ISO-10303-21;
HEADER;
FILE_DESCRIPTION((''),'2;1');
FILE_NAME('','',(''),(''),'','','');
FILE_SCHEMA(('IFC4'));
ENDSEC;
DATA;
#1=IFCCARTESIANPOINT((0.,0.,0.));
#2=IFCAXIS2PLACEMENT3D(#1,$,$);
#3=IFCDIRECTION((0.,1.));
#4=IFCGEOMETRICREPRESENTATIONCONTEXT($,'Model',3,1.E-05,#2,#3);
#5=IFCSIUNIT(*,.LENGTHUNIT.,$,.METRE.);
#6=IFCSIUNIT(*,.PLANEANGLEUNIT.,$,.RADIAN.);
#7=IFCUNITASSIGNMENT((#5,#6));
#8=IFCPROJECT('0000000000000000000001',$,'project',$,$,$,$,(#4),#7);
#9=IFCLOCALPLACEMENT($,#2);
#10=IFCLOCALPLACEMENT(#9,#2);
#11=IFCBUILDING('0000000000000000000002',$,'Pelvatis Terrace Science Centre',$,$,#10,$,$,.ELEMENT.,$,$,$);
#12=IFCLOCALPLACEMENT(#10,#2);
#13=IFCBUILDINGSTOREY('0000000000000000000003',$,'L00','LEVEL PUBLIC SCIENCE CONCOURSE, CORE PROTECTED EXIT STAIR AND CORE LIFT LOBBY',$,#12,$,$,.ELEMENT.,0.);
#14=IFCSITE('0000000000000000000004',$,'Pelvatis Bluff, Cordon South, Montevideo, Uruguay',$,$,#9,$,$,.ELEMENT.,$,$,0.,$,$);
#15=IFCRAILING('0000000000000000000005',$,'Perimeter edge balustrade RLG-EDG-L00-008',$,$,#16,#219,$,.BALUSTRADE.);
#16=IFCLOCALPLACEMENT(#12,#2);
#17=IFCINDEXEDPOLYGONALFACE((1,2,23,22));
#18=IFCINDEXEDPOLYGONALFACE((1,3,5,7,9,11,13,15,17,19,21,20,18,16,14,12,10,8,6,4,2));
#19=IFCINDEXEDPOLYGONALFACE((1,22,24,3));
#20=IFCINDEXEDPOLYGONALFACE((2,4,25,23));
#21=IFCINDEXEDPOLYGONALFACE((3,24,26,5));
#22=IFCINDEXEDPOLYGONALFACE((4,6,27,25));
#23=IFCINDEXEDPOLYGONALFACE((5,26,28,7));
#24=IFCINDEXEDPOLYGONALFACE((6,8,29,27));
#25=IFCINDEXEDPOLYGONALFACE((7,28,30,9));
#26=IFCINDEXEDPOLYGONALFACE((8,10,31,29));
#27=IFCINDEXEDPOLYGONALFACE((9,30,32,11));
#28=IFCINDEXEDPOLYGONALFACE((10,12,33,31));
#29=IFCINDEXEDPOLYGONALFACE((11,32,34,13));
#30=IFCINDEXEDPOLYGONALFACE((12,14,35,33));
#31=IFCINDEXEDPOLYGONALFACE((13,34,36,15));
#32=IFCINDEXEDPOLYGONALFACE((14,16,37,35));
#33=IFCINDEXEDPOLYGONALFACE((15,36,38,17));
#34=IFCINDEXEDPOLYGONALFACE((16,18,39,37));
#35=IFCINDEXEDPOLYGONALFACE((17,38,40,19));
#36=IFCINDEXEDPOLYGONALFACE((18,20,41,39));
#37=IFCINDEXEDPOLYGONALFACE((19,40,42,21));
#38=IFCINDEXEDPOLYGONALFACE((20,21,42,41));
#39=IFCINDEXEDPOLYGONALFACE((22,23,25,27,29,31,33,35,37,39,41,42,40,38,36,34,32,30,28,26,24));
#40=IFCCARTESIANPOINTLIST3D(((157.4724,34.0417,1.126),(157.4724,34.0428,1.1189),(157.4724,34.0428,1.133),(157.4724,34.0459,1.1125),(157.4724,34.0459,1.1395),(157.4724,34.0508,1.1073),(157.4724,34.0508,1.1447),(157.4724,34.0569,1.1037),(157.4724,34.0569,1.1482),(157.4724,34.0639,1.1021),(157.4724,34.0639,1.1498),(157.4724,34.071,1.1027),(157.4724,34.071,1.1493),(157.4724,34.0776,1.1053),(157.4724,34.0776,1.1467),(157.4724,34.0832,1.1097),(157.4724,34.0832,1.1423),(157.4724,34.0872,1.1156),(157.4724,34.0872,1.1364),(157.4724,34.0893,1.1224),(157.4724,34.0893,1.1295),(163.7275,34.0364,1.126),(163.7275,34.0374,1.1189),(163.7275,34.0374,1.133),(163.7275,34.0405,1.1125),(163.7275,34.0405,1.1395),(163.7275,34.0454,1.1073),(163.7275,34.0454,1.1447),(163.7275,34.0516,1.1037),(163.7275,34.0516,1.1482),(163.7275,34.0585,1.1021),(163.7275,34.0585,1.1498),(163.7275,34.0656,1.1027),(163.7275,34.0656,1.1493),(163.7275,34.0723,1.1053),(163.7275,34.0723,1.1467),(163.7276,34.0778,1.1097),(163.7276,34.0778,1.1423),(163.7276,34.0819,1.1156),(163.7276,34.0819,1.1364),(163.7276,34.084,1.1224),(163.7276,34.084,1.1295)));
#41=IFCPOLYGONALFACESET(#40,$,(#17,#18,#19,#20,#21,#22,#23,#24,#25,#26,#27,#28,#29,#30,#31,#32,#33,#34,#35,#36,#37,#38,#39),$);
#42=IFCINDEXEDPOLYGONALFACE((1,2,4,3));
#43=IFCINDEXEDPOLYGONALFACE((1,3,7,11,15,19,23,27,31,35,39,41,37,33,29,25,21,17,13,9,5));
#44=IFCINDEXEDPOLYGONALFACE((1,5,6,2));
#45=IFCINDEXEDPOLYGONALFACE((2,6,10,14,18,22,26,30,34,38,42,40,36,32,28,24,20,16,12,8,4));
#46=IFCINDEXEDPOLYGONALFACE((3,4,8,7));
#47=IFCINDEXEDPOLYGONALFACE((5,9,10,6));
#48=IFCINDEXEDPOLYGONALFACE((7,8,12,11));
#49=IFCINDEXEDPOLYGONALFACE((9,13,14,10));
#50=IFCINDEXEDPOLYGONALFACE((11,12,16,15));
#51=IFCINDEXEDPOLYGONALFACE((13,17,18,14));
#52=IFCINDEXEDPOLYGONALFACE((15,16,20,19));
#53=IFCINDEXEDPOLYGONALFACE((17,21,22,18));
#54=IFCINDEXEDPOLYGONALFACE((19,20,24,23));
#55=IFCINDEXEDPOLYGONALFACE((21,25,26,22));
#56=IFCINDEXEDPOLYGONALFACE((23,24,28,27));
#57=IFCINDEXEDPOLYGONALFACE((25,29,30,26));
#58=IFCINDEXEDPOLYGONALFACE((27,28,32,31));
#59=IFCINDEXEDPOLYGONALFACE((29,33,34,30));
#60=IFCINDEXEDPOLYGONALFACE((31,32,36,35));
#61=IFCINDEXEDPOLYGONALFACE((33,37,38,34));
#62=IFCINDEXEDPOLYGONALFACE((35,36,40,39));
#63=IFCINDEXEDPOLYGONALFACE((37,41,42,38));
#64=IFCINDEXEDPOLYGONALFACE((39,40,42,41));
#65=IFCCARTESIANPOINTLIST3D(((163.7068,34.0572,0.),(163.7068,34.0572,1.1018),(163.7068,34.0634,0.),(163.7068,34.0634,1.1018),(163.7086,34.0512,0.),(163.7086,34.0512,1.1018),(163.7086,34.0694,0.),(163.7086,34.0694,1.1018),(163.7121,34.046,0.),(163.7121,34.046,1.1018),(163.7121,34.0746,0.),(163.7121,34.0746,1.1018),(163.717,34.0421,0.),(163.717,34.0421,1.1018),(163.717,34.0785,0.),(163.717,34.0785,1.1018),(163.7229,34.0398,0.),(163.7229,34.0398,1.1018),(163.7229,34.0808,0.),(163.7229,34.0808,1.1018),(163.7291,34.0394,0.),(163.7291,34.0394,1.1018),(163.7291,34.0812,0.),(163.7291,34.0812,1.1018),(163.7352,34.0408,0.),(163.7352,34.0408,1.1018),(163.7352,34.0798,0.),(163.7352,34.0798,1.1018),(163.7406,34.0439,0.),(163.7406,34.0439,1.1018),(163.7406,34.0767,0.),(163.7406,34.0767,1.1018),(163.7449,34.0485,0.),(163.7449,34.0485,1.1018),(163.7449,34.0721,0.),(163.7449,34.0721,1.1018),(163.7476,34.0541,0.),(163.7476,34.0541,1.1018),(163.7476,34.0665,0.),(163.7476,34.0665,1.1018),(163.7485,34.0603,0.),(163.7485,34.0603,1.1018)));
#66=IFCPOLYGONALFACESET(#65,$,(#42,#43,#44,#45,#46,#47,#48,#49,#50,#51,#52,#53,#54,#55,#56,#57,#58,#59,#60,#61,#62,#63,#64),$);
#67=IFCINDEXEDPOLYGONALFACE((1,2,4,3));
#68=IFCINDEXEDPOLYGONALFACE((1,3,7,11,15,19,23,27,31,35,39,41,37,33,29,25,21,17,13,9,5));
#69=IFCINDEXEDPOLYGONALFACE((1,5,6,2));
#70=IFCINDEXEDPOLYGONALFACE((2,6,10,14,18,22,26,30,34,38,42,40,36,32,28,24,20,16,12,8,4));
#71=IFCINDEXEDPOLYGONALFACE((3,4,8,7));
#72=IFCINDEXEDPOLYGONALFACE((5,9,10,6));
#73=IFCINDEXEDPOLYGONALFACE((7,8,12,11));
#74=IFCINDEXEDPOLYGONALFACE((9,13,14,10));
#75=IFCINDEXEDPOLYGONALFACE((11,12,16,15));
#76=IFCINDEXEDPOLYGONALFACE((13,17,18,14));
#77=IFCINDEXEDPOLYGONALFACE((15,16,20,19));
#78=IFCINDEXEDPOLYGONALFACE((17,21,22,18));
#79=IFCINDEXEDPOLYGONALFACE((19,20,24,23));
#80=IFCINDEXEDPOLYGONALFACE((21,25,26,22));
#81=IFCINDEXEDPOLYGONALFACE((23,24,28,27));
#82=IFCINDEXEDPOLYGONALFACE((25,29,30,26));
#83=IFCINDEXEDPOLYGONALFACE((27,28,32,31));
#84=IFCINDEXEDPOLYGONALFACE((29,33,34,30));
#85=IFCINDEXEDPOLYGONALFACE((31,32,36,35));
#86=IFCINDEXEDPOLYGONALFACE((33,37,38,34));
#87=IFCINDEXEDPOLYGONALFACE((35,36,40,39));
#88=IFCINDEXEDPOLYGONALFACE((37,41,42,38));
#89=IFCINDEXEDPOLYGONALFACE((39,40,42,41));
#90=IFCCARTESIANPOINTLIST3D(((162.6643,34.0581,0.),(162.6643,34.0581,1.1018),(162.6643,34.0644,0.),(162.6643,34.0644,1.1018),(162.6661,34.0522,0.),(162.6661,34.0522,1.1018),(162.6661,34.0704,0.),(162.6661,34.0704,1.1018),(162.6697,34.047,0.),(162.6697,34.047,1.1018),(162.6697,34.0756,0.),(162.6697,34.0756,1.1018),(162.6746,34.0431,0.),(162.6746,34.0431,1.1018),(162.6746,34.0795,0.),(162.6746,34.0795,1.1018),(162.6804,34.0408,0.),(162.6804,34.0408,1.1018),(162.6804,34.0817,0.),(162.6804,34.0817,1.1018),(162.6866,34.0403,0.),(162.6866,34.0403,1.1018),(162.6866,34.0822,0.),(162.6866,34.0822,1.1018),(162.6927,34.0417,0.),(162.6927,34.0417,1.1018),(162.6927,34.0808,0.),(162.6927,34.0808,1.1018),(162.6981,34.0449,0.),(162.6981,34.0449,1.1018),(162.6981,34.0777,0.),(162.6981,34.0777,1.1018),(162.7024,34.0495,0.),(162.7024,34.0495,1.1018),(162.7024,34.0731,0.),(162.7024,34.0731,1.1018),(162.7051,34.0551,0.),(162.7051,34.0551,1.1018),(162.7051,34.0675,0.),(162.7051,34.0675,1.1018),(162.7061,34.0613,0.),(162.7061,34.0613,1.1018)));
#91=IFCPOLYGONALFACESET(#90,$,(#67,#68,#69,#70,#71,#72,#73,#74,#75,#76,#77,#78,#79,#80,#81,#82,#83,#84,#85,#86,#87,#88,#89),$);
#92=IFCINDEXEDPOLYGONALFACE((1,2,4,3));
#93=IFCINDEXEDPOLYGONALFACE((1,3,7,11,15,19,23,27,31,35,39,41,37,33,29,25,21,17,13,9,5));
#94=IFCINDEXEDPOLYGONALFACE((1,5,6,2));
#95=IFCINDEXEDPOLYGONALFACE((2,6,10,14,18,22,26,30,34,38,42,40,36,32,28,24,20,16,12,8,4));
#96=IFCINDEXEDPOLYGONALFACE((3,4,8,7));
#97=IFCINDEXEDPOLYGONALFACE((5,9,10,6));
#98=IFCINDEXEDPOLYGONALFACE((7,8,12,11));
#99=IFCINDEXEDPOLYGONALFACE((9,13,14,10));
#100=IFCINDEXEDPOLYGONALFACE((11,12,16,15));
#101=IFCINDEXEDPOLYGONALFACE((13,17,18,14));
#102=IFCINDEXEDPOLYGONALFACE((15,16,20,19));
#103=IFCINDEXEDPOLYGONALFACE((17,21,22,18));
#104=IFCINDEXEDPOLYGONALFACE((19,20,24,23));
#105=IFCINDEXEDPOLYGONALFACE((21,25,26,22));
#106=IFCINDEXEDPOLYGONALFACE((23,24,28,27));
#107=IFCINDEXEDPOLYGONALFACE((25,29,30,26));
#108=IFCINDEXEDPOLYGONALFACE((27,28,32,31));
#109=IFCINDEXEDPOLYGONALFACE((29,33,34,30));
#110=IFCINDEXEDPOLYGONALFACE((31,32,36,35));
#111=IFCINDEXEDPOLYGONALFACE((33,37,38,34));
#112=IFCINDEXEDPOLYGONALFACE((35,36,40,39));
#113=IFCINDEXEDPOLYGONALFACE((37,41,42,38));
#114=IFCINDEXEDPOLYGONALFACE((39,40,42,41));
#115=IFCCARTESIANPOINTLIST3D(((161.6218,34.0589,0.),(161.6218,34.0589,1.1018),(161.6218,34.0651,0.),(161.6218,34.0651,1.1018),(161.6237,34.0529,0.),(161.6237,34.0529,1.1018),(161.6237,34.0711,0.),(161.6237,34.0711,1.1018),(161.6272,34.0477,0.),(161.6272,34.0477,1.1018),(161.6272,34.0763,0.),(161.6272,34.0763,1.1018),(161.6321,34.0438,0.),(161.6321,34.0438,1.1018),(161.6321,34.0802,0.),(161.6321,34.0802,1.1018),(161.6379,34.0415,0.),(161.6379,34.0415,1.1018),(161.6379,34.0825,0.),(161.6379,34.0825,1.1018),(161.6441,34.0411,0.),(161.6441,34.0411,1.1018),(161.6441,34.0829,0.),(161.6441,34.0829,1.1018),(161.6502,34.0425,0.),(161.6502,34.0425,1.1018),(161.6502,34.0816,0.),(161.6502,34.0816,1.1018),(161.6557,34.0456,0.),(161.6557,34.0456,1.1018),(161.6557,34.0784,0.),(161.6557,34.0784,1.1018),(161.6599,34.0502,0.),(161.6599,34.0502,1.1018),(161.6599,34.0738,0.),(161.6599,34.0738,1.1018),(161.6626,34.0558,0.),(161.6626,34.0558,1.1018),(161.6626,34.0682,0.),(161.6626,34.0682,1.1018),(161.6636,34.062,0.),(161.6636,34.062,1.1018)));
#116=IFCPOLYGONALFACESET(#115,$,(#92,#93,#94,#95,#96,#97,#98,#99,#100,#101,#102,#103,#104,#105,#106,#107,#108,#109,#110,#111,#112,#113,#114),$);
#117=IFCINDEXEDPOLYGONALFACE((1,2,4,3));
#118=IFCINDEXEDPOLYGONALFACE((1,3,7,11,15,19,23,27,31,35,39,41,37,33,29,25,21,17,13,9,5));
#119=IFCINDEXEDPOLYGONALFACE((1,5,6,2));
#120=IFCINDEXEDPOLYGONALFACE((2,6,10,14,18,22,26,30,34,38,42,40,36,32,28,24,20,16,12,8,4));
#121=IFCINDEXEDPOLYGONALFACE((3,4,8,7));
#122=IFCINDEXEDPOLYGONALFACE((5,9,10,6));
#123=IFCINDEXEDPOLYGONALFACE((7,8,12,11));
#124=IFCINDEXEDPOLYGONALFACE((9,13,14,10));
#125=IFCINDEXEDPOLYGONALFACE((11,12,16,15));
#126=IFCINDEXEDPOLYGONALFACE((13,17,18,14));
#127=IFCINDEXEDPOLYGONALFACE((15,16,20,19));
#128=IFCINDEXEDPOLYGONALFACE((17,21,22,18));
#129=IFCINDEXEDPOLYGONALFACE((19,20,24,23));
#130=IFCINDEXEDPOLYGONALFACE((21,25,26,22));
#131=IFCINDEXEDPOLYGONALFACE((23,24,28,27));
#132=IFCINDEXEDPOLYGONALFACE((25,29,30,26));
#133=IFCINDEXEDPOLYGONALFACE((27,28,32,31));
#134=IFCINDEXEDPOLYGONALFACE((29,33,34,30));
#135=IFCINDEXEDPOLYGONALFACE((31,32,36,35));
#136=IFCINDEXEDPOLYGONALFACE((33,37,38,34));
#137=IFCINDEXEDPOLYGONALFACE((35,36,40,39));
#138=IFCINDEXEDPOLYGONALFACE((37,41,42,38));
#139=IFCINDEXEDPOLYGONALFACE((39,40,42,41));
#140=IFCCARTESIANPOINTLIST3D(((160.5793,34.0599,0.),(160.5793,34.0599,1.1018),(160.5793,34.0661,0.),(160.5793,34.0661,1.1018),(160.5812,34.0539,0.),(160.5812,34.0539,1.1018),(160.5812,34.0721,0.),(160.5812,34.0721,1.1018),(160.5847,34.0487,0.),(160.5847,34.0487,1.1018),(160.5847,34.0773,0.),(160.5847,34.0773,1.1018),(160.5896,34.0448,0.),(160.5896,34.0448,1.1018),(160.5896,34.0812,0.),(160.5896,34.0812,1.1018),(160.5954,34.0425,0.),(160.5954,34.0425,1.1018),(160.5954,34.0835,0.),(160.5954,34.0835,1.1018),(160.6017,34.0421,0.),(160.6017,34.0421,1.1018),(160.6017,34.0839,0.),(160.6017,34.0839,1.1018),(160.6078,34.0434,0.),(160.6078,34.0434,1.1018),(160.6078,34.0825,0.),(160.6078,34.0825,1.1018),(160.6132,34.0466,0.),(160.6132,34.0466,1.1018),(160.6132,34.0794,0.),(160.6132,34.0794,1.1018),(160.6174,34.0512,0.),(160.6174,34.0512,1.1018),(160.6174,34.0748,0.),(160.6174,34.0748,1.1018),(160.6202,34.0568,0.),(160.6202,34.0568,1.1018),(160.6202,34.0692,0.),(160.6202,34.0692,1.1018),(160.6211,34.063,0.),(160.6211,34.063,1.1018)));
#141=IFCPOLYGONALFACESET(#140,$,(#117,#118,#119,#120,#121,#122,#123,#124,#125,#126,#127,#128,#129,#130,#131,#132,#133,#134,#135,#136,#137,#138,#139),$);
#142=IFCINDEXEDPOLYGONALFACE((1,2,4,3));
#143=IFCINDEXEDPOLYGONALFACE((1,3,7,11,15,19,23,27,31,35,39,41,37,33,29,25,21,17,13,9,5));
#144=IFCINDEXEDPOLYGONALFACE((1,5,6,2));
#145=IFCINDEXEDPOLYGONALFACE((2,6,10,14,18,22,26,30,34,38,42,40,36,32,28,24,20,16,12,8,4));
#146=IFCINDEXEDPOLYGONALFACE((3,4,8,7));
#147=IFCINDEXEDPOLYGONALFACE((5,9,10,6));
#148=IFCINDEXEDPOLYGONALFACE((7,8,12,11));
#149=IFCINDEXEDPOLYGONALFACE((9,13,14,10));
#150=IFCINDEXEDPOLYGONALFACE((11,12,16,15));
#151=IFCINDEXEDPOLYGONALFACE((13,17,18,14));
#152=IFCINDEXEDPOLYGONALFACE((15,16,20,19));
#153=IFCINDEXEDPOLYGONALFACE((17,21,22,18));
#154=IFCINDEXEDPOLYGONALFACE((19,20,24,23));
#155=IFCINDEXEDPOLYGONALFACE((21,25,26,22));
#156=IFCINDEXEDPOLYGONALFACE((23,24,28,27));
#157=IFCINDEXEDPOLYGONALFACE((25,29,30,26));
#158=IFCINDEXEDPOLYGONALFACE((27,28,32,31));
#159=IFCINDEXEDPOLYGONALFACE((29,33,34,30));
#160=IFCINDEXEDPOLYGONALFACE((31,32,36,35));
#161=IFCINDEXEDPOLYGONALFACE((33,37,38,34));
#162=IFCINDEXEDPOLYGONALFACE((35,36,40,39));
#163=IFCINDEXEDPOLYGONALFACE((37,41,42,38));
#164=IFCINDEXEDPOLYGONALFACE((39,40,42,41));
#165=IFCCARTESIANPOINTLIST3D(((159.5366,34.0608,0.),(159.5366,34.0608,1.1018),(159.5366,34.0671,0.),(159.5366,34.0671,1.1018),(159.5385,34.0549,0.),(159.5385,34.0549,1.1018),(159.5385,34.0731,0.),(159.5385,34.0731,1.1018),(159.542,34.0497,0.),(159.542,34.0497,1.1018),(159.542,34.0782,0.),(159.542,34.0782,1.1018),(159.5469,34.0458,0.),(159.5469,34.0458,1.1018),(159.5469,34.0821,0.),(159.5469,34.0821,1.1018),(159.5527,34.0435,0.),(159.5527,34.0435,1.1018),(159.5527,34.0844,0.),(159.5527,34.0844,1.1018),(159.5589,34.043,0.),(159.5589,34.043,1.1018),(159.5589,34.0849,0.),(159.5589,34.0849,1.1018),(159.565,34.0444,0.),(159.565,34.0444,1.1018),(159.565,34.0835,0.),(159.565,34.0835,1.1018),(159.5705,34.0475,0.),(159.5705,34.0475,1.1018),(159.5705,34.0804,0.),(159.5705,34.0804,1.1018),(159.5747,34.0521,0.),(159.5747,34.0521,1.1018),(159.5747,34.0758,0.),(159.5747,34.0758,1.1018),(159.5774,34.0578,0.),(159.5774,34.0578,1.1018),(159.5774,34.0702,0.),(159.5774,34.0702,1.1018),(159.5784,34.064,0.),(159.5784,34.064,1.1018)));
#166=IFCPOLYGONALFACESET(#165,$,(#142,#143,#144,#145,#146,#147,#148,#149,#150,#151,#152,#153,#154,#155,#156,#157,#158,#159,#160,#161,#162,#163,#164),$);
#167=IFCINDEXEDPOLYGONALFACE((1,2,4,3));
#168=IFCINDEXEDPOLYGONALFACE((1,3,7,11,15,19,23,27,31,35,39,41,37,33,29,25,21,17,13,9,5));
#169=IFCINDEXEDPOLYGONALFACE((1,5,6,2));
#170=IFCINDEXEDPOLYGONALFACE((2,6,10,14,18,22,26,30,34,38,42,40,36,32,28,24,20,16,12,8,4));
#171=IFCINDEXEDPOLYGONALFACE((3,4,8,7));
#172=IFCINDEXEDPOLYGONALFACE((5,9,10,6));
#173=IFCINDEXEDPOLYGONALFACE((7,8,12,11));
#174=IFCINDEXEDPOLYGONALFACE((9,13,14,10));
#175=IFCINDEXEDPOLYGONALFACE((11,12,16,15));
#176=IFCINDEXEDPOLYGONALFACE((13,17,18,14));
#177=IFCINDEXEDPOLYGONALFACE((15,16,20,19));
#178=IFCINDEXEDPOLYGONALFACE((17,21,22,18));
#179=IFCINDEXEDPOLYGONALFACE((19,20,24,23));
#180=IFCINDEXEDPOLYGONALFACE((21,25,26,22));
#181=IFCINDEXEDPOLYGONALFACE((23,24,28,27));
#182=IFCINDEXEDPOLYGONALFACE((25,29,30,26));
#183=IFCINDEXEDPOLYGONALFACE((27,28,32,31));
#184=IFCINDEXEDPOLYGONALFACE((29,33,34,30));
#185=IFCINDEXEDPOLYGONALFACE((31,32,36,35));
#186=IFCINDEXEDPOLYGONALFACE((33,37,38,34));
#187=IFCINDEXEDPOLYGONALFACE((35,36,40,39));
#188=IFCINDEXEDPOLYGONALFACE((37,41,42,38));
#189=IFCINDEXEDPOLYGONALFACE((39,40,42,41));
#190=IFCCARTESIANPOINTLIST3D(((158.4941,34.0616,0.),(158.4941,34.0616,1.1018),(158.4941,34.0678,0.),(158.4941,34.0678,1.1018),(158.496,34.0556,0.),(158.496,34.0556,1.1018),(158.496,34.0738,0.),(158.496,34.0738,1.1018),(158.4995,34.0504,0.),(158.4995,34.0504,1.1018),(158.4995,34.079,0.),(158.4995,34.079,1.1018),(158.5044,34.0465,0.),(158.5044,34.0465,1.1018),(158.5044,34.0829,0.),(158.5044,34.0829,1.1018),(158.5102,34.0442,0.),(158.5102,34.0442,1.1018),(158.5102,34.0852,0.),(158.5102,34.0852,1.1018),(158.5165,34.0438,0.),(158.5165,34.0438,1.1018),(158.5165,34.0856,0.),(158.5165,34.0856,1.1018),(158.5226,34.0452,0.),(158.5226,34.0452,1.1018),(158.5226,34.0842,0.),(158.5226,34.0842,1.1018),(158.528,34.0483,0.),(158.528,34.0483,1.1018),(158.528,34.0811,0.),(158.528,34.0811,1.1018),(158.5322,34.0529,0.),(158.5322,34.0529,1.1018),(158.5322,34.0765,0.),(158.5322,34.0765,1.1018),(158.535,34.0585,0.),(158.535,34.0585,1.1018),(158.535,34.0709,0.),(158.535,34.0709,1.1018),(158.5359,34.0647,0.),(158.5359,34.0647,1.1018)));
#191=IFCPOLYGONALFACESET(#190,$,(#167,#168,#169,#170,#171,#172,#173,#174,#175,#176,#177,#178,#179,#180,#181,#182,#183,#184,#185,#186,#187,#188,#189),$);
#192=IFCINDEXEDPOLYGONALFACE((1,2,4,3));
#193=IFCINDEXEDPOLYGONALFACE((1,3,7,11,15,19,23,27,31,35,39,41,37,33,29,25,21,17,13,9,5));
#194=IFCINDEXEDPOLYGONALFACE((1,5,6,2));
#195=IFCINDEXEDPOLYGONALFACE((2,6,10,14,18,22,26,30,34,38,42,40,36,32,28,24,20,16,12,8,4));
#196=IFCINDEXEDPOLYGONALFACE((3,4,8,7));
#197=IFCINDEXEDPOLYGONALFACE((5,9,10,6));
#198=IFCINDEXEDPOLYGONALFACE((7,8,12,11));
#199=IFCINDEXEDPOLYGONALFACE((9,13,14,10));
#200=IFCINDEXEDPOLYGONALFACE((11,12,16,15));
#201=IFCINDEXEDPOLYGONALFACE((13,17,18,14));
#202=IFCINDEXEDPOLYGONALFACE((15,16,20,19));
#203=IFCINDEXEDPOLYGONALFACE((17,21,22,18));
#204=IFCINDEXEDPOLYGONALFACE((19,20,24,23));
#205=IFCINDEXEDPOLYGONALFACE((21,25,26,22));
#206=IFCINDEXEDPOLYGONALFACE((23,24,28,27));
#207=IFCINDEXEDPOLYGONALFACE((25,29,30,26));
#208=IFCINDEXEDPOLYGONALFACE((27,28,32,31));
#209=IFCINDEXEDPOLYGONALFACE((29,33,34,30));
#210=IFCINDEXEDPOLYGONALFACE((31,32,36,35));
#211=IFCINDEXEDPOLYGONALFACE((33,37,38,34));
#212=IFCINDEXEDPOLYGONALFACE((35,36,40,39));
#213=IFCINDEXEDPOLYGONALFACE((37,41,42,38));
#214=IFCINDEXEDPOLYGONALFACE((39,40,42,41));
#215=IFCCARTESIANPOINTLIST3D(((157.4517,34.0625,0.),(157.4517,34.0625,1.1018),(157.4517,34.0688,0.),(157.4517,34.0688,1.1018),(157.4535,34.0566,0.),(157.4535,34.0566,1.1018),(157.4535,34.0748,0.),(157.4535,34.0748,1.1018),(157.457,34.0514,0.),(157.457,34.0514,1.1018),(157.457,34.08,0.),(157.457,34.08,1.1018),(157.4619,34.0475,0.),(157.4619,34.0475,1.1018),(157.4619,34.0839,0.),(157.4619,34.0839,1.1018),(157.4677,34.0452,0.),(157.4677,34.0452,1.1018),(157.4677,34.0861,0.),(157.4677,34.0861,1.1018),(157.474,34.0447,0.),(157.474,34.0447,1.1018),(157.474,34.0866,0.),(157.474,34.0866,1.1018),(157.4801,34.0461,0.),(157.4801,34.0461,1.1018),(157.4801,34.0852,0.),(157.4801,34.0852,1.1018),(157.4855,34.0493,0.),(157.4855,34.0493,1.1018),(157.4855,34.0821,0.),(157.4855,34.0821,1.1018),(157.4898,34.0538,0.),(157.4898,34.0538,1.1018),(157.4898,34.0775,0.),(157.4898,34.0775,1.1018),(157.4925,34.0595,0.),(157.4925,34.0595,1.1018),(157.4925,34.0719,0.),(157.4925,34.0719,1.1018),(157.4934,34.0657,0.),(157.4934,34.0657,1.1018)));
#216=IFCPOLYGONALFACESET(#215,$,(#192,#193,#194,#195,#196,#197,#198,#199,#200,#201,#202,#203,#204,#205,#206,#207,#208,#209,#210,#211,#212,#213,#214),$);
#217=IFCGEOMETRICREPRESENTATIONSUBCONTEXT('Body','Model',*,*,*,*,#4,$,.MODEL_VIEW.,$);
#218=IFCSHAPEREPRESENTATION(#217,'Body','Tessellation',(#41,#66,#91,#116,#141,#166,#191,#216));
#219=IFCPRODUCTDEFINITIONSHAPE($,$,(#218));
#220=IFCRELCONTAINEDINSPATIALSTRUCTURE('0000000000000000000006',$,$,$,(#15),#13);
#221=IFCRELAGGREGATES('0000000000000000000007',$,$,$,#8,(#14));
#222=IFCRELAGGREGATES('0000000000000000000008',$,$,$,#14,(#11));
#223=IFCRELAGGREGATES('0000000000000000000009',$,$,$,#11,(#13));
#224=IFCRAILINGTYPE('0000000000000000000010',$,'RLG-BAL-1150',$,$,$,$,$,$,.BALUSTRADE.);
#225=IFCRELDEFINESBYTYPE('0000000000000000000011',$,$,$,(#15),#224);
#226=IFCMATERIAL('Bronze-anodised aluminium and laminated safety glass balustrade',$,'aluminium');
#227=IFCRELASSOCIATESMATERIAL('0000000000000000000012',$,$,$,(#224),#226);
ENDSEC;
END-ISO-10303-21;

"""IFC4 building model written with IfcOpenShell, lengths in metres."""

from ifc_helpers import new_model, si_unit, direction, frame, origin, origin_2d, place, context, subcontext, project, spatial, circle, extrude, material, type_object, element, save


model = new_model("IFC4")

# Units and contexts
model_context = context("Model", 3, precision=1e-05, world=origin(), true_north=direction((0.0, 1.0)))
body_context = subcontext(model_context, "Body", "Model", "MODEL_VIEW")
ifc_project = project(units=[si_unit("LENGTHUNIT", "METRE"), si_unit("PLANEANGLEUNIT", "RADIAN")], contexts=[model_context])

# Site, building, storey
site_placement = place(None, origin())
site = spatial("IfcSite", under=ifc_project, at=site_placement, Name="Pelvatis Bluff, Cordon South, Montevideo, Uruguay", CompositionType="ELEMENT", RefElevation=0.0)
building_placement = place(site_placement, origin())
building = spatial("IfcBuilding", under=site, at=building_placement, Name="Pelvatis Terrace Science Centre", CompositionType="ELEMENT")
storey_placement = place(building_placement, origin())
storey = spatial("IfcBuildingStorey", under=building, at=storey_placement, Name="L00", Description="LEVEL PUBLIC SCIENCE CONCOURSE, CORE PROTECTED EXIT STAIR AND CORE LIFT LOBBY", CompositionType="ELEMENT", Elevation=0.0)

# Railing
ifc_material_1 = material(Name="Bronze-anodised aluminium and laminated safety glass balustrade", Category="aluminium")
railing_type = type_object("IfcRailingType", Name="RLG-BAL-1150", PredefinedType="BALUSTRADE", material=ifc_material_1)
railing_1_placement = place(storey_placement, frame((163.7275, 34.0603, 0.0)))
element("IfcRailing", 1, at=railing_1_placement, inside=storey, type_object=railing_type, Name="Perimeter edge balustrade RLG-EDG-L00-008", PredefinedType="BALUSTRADE", context=body_context, shape_type="SweptSolid", body=[
    extrude(circle(Radius=0.0239, at=origin_2d()), frame((0.0, 0.0, 1.126), z_axis=(-1.0, 0.000859, 0.0), x_axis=(-0.000859, -1.0, 0.0)), (0.0, 0.0, 1.0), 6.2551),
    extrude(circle(Radius=0.021, at=origin_2d()), origin(), (0.0, 0.0, 1.0), 1.1018),
    extrude(circle(Radius=0.021, at=origin_2d()), frame((-1.0425, 0.001, 0.0)), (0.0, 0.0, 1.0), 1.1018),
    extrude(circle(Radius=0.021, at=origin_2d()), frame((-2.085, 0.0017, 0.0)), (0.0, 0.0, 1.0), 1.1018),
    extrude(circle(Radius=0.021, at=origin_2d()), frame((-3.1274, 0.0027, 0.0)), (0.0, 0.0, 1.0), 1.1018),
    extrude(circle(Radius=0.021, at=origin_2d()), frame((-4.1702, 0.0037, 0.0)), (0.0, 0.0, 1.0), 1.1018),
    extrude(circle(Radius=0.021, at=origin_2d()), frame((-5.2126, 0.0044, 0.0)), (0.0, 0.0, 1.0), 1.1018),
    extrude(circle(Radius=0.021, at=origin_2d()), frame((-6.2551, 0.0054, 0.0)), (0.0, 0.0, 1.0), 1.1018),
])

save(model, "model.ifc")
